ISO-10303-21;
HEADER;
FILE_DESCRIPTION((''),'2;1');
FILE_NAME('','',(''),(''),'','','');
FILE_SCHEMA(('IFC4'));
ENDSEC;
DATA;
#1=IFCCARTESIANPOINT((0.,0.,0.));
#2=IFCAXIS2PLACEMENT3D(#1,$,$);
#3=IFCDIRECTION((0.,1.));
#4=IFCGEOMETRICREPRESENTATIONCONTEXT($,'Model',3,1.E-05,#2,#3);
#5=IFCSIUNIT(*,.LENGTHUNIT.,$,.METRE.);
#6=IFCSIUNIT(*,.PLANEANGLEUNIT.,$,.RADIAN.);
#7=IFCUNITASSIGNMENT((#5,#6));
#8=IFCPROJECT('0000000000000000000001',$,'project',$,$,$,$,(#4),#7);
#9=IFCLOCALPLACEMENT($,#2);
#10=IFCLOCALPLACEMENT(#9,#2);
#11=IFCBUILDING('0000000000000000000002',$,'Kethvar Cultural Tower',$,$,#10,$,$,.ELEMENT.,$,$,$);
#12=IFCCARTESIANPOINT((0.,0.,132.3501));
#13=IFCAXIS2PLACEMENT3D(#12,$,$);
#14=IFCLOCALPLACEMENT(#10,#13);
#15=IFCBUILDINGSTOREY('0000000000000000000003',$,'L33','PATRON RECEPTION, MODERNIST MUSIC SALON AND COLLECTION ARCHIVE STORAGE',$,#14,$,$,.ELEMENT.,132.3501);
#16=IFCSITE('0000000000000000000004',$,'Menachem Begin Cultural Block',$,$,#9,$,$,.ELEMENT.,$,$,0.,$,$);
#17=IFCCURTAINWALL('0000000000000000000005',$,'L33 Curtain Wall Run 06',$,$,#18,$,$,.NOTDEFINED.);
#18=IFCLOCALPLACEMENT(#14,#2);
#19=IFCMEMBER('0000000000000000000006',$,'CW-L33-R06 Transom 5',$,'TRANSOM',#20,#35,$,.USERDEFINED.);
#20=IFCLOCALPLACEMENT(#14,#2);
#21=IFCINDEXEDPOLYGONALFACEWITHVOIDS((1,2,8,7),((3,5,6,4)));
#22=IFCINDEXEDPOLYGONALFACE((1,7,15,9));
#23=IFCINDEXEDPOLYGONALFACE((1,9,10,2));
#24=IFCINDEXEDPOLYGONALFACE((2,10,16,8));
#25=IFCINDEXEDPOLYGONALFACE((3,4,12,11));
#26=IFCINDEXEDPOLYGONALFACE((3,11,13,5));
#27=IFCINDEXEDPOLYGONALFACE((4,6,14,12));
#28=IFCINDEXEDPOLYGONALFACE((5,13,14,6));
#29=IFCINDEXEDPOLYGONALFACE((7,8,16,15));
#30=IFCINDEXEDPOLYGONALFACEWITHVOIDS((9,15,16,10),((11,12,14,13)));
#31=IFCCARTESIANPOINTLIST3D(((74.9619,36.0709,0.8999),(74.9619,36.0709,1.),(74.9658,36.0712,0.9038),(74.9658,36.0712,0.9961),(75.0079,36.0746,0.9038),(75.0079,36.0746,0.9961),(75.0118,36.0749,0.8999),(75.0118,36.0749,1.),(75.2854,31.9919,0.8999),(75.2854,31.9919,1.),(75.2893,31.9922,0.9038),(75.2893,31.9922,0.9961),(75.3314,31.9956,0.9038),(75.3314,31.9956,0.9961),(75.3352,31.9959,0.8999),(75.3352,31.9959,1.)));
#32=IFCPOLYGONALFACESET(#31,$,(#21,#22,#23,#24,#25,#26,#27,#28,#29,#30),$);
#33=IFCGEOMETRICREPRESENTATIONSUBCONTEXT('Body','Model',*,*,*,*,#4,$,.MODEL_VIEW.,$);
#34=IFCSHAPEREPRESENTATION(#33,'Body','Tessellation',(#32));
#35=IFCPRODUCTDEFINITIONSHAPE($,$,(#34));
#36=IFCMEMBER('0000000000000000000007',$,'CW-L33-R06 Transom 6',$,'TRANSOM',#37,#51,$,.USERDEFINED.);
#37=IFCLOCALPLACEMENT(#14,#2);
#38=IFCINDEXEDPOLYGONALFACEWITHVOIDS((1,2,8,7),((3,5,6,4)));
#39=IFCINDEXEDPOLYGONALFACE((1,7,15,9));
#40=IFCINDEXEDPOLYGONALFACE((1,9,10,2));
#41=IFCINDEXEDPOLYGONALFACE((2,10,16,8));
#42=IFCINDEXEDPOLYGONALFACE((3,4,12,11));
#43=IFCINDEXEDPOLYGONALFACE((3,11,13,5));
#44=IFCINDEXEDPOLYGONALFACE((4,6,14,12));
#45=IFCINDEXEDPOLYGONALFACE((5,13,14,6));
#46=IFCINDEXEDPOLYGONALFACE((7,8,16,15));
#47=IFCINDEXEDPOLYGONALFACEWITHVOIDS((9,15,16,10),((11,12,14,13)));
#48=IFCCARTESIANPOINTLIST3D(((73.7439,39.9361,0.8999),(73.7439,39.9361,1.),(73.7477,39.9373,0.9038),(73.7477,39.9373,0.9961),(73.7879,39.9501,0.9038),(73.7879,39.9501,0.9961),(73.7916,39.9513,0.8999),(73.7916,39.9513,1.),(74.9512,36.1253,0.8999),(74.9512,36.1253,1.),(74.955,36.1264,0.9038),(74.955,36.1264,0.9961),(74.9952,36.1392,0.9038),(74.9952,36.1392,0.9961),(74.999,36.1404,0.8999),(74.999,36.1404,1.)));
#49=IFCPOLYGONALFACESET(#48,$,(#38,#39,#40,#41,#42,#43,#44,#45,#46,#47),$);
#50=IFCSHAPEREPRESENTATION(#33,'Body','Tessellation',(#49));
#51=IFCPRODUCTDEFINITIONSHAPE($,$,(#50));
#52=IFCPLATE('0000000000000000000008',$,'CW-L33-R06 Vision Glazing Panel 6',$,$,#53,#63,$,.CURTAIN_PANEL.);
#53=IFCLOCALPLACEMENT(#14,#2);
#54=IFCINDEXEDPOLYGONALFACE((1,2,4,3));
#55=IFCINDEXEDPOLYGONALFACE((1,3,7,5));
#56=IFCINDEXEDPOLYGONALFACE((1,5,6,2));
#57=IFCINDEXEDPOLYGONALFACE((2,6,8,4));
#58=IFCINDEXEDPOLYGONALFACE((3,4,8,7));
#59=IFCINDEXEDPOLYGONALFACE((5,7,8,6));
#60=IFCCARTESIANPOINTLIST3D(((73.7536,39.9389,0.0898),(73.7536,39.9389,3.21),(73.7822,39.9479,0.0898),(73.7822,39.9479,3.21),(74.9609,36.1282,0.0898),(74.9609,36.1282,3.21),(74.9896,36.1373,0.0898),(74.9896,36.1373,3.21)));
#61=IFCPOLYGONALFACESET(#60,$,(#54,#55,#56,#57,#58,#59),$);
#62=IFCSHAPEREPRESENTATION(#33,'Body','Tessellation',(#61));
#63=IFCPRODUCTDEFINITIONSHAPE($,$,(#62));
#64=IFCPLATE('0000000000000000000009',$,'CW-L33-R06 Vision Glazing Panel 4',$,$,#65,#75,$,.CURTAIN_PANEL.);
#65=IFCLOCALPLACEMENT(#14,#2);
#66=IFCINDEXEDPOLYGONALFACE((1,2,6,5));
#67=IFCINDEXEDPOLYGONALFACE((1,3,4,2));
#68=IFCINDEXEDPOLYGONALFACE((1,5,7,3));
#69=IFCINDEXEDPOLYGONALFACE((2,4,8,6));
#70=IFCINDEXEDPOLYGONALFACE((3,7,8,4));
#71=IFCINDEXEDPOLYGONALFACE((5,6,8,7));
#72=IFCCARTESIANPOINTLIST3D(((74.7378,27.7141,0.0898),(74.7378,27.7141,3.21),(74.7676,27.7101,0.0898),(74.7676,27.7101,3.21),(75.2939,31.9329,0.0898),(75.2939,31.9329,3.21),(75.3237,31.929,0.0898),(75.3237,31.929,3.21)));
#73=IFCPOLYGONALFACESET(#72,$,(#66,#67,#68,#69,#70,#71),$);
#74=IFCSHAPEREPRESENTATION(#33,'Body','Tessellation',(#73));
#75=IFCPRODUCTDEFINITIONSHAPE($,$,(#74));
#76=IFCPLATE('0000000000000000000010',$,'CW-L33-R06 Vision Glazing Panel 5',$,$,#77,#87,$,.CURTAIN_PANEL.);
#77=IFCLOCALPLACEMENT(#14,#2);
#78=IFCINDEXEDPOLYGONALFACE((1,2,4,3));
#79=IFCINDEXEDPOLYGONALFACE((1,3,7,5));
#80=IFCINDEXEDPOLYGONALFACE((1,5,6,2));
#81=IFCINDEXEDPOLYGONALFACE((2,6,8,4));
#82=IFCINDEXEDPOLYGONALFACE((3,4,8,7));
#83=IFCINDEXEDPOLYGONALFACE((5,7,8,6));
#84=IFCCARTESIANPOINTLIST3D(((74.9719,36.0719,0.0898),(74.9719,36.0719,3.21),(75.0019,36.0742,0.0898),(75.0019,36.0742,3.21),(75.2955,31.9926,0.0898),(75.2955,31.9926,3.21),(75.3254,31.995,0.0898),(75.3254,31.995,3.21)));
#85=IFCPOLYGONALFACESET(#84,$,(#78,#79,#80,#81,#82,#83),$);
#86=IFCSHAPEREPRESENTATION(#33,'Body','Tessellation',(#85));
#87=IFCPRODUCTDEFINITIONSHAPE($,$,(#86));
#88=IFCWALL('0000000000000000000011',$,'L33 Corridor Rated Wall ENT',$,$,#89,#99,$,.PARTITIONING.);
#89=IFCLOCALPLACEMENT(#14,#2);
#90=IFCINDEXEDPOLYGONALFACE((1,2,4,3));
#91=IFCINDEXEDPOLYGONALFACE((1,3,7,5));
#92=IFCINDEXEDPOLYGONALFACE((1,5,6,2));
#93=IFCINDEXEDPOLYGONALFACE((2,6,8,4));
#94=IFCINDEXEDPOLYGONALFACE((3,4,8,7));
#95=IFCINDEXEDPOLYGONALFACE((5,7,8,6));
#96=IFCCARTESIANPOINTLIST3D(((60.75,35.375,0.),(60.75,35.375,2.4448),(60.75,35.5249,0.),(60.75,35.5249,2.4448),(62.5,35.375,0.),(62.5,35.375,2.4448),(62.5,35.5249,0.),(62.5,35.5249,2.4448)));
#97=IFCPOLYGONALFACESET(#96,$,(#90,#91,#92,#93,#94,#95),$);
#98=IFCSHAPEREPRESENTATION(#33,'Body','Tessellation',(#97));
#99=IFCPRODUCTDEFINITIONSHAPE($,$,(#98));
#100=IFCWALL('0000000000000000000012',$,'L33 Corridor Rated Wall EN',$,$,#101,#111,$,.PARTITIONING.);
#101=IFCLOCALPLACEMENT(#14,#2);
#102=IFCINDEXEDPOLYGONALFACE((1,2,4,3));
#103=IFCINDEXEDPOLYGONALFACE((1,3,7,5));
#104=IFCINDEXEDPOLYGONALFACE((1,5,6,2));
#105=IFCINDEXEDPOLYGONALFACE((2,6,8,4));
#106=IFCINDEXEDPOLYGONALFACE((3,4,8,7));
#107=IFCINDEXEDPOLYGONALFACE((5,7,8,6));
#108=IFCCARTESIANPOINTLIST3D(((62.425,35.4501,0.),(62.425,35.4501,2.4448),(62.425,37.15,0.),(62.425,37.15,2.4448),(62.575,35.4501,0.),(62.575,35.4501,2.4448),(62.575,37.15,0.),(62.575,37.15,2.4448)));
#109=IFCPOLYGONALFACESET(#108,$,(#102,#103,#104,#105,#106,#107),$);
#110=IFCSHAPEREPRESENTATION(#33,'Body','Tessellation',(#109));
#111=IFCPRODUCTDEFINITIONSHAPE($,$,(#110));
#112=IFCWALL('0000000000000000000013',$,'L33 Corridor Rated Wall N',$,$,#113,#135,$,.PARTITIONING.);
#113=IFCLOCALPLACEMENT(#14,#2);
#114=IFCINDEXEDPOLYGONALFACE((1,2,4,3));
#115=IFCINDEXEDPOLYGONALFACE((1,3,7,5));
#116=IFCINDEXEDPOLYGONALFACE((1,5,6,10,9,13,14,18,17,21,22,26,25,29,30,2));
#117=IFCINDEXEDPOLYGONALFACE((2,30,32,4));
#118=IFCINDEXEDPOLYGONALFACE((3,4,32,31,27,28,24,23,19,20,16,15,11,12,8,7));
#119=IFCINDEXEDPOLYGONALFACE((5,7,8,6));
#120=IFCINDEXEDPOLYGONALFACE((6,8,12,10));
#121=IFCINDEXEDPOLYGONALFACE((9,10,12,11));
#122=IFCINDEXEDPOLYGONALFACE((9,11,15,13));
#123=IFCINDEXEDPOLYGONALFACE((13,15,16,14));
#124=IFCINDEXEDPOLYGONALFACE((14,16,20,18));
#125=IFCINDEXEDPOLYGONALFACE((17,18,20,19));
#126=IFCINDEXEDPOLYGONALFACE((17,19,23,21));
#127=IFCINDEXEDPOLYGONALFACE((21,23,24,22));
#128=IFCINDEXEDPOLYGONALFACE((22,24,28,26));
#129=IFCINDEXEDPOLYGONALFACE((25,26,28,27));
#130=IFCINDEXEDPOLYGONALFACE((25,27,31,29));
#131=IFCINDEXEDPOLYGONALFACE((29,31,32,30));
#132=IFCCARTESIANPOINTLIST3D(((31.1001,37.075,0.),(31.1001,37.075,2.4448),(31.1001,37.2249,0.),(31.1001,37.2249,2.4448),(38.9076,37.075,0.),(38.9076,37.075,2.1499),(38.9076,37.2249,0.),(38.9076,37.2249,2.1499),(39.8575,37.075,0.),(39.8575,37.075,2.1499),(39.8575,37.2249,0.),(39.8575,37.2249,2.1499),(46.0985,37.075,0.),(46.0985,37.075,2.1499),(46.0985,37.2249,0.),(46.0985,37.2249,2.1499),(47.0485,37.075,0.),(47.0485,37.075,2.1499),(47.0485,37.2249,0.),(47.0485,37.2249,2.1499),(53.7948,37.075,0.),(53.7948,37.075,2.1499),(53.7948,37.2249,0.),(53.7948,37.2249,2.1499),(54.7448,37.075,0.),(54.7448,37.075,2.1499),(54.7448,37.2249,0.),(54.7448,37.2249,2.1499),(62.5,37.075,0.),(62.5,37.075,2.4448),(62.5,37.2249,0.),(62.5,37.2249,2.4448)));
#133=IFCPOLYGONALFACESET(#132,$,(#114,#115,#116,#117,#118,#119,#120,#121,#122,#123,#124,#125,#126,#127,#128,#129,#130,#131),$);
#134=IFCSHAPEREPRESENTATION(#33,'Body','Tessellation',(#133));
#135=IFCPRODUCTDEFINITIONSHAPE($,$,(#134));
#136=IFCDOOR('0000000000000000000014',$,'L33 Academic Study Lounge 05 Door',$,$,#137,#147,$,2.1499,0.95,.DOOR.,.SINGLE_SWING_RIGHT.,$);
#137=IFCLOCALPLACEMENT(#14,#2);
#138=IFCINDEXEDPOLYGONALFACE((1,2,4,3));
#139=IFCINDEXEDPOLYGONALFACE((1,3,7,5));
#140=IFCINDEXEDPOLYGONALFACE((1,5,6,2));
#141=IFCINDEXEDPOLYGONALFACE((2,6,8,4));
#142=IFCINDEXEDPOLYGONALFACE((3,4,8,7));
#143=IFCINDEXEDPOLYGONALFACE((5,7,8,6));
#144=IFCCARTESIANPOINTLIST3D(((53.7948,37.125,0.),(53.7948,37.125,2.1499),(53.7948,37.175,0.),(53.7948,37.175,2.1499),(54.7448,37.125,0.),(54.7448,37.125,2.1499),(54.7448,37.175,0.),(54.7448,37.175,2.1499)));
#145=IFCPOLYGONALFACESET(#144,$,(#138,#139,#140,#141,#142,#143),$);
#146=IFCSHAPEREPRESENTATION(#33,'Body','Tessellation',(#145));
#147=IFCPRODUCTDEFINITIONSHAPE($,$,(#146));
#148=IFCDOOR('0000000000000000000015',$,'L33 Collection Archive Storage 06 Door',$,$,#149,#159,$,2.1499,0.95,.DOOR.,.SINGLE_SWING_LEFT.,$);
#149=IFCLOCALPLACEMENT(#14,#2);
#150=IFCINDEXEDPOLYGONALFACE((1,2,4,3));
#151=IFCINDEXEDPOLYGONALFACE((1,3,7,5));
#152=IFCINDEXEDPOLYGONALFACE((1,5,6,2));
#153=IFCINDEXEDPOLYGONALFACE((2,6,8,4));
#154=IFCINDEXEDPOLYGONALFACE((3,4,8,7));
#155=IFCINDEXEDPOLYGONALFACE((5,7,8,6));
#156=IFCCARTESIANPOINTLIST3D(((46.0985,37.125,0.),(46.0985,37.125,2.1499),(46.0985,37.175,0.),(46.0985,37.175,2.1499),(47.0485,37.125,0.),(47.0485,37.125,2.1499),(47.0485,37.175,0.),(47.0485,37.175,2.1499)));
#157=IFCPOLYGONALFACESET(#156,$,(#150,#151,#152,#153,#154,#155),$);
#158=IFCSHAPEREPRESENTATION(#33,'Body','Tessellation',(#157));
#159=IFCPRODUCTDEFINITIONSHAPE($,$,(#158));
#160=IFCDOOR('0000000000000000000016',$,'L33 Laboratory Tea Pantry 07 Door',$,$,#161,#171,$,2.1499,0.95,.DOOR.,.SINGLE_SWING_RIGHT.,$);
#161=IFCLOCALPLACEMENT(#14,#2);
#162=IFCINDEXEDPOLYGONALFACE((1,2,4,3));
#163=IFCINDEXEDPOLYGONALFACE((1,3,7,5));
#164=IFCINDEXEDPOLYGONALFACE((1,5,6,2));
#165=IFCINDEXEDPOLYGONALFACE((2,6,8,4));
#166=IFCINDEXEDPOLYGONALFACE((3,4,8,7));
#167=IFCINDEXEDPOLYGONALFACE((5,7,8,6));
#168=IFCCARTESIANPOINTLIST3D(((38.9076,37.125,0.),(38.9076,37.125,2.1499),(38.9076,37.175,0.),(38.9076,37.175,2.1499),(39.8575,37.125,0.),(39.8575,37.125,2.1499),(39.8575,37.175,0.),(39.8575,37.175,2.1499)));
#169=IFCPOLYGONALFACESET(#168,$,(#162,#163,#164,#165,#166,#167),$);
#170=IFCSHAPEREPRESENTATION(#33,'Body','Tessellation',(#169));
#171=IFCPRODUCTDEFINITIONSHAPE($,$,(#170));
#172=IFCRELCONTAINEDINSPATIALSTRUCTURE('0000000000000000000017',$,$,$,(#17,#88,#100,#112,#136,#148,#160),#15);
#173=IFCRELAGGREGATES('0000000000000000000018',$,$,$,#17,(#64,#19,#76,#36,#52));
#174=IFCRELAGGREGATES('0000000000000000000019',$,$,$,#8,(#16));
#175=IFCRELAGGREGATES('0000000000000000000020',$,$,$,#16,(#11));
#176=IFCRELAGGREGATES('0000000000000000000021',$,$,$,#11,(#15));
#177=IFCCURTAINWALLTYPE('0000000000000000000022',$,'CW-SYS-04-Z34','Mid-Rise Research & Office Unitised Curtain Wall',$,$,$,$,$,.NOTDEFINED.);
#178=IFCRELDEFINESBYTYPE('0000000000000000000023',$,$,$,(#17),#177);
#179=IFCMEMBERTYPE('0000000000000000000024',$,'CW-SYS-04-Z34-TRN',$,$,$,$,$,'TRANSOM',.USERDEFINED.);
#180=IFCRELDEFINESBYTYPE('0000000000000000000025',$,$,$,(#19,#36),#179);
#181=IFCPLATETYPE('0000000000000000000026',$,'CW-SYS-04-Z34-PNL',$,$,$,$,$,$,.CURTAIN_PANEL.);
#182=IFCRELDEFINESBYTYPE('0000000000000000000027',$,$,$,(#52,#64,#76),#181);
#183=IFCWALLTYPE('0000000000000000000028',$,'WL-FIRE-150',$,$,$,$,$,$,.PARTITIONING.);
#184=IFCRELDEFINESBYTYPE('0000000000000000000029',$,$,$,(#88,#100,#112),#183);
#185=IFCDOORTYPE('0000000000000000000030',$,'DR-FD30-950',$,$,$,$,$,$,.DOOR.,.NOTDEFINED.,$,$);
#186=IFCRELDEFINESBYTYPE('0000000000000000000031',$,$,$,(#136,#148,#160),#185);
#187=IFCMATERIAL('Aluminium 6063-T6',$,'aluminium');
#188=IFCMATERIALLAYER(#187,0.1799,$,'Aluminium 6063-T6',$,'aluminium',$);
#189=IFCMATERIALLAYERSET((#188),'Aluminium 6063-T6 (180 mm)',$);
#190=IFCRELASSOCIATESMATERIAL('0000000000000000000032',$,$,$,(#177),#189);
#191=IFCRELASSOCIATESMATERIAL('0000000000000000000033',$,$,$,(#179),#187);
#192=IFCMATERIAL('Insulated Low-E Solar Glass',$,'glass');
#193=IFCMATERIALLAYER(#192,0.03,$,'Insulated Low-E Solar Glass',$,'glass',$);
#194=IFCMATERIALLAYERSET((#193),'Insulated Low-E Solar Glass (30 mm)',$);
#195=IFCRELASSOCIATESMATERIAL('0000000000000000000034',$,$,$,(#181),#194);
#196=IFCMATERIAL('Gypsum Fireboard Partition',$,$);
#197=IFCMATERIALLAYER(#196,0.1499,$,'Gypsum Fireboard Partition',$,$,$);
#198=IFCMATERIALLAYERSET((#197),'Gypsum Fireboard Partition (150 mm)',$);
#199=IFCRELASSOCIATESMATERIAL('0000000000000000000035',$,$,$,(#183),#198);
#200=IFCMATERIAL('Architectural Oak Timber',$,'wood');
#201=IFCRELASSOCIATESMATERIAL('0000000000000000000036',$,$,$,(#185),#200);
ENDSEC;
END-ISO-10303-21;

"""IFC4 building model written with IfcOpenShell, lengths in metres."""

from ifc_helpers import new_model, si_unit, direction, frame, frame_2d, origin, origin_2d, place, context, subcontext, project, spatial, rectangle, hollow_rectangle, extrude, source, transform, mapped, material, layer, layer_set, material_profile, profile_set, type_object, element, fill, aggregate, save


model = new_model("IFC4")

# Units and contexts
model_context = context("Model", 3, precision=1e-05, world=origin(), true_north=direction((0.0, 1.0)))
body_context = subcontext(model_context, "Body", "Model", "MODEL_VIEW")
ifc_project = project(units=[si_unit("LENGTHUNIT", "METRE"), si_unit("PLANEANGLEUNIT", "RADIAN")], contexts=[model_context])

# Site, building, storey
site_placement = place(None, origin())
site = spatial("IfcSite", under=ifc_project, at=site_placement, Name="Menachem Begin Cultural Block", CompositionType="ELEMENT", RefElevation=0.0)
building_placement = place(site_placement, origin())
building = spatial("IfcBuilding", under=site, at=building_placement, Name="Kethvar Cultural Tower", CompositionType="ELEMENT")
storey_placement = place(building_placement, frame((0.0, 0.0, 132.3501)))
storey = spatial("IfcBuildingStorey", under=building, at=storey_placement, Name="L33", Description="PATRON RECEPTION, MODERNIST MUSIC SALON AND COLLECTION ARCHIVE STORAGE", CompositionType="ELEMENT", Elevation=132.3501)

# Shared definitions
ifc_material_1 = material(Name="Aluminium 6063-T6", Category="aluminium")
ifc_layer_1 = layer(ifc_material_1, 0.1799, Name="Aluminium 6063-T6", Category="aluminium")
ifc_layer_set_1 = layer_set([ifc_layer_1], Name="Aluminium 6063-T6 (180 mm)")
curtain_wall_type = type_object("IfcCurtainWallType", Name="CW-SYS-04-Z34", Description="Mid-Rise Research & Office Unitised Curtain Wall", PredefinedType="NOTDEFINED", material=ifc_layer_set_1)

# Curtain wall
curtain_wall_1_placement = place(storey_placement, origin())
curtain_wall_1 = element("IfcCurtainWall", 1, at=curtain_wall_1_placement, inside=storey, type_object=curtain_wall_type, Name="L33 Curtain Wall Run 06", PredefinedType="NOTDEFINED")

# Members
ifc_material_profile_1 = material_profile(ifc_material_1, hollow_rectangle(XDim=0.05, YDim=0.1001, WallThickness=0.0039, at=origin_2d()), Name="Aluminium 6063-T6 — RHS100x50x4")
ifc_profile_set_1 = profile_set([ifc_material_profile_1], Name="Aluminium 6063-T6 — RHS100x50x4")
member_type_1 = type_object("IfcMemberType", Name="CW-SYS-04-Z34-TRN", ElementType="TRANSOM", PredefinedType="USERDEFINED", material=ifc_profile_set_1)
shared_shape_1 = source(origin(), body_context, "Body", "SweptSolid", [
    extrude(hollow_rectangle(XDim=0.05, YDim=0.1001, WallThickness=0.0039, at=origin_2d()), origin(), (0.0, 0.0, 1.0), 4.0918),
])
member_1_placement = place(storey_placement, frame((75.3103, 31.9939, 0.95), z_axis=(-0.079055, 0.99687, 0.0), x_axis=(-0.99687, -0.079055, 0.0)))
member_1 = element("IfcMember", 2, at=member_1_placement, type_object=member_type_1, Name="CW-L33-R06 Transom 5", ObjectType="TRANSOM", PredefinedType="USERDEFINED", context=body_context, shape_type="MappedRepresentation", body=[
    mapped(shared_shape_1, transform((0.0, 0.0, 0.0), scale=1.0)),
])
shared_shape_2 = source(origin(), body_context, "Body", "SweptSolid", [
    extrude(hollow_rectangle(XDim=0.05, YDim=0.1001, WallThickness=0.0039, at=origin_2d()), origin(), (0.0, 0.0, 1.0), 3.9976),
])
member_2_placement = place(storey_placement, frame((74.9751, 36.1328, 0.95), z_axis=(-0.302011, 0.953304, 0.0), x_axis=(-0.953304, -0.302011, 0.0)))
member_2 = element("IfcMember", 3, at=member_2_placement, type_object=member_type_1, Name="CW-L33-R06 Transom 6", ObjectType="TRANSOM", PredefinedType="USERDEFINED", context=body_context, shape_type="MappedRepresentation", body=[
    mapped(shared_shape_2, transform((0.0, 0.0, 0.0), scale=1.0)),
])

# Plates
ifc_material_2 = material(Name="Insulated Low-E Solar Glass", Category="glass")
ifc_layer_2 = layer(ifc_material_2, 0.03, Name="Insulated Low-E Solar Glass", Category="glass")
ifc_layer_set_2 = layer_set([ifc_layer_2], Name="Insulated Low-E Solar Glass (30 mm)")
plate_type = type_object("IfcPlateType", Name="CW-SYS-04-Z34-PNL", PredefinedType="CURTAIN_PANEL", material=ifc_layer_set_2)
shared_shape_3 = source(origin(), body_context, "Body", "SweptSolid", [
    extrude(rectangle(XDim=3.9973, YDim=0.03, at=origin_2d()), origin(), (0.0, 0.0, 1.0), 3.1201),
])
plate_1_placement = place(storey_placement, frame((74.3716, 38.0381, 0.0898), z_axis=(0.0, 0.0, 1.0), x_axis=(-0.302037, 0.953296, 0.0)))
plate_1 = element("IfcPlate", 4, at=plate_1_placement, type_object=plate_type, Name="CW-L33-R06 Vision Glazing Panel 6", PredefinedType="CURTAIN_PANEL", context=body_context, shape_type="MappedRepresentation", body=[
    mapped(shared_shape_3, transform((0.0, 0.0, 0.0), scale=1.0)),
])
shared_shape_4 = source(origin(), body_context, "Body", "SweptSolid", [
    extrude(rectangle(XDim=4.2554, YDim=0.03, at=origin_2d()), origin(), (0.0, 0.0, 1.0), 3.1201),
])
plate_2_placement = place(storey_placement, frame((75.0308, 29.8215, 0.0898), z_axis=(0.0, 0.0, 1.0), x_axis=(0.130682, 0.991424, 0.0)))
plate_2 = element("IfcPlate", 5, at=plate_2_placement, type_object=plate_type, Name="CW-L33-R06 Vision Glazing Panel 4", PredefinedType="CURTAIN_PANEL", context=body_context, shape_type="MappedRepresentation", body=[
    mapped(shared_shape_4, transform((0.0, 0.0, 0.0), scale=1.0)),
])
shared_shape_5 = source(origin(), body_context, "Body", "SweptSolid", [
    extrude(rectangle(XDim=4.092, YDim=0.03, at=origin_2d()), origin(), (0.0, 0.0, 1.0), 3.1201),
])
plate_3_placement = place(storey_placement, frame((75.1487, 34.0334, 0.0898), z_axis=(0.0, 0.0, 1.0), x_axis=(-0.079068, 0.996869, 0.0)))
plate_3 = element("IfcPlate", 6, at=plate_3_placement, type_object=plate_type, Name="CW-L33-R06 Vision Glazing Panel 5", PredefinedType="CURTAIN_PANEL", context=body_context, shape_type="MappedRepresentation", body=[
    mapped(shared_shape_5, transform((0.0, 0.0, 0.0), scale=1.0)),
])
aggregate(curtain_wall_1, [plate_2, member_1, plate_3, member_2, plate_1])

# Walls
ifc_material_3 = material(Name="Gypsum Fireboard Partition")
ifc_layer_3 = layer(ifc_material_3, 0.1499, Name="Gypsum Fireboard Partition")
ifc_layer_set_3 = layer_set([ifc_layer_3], Name="Gypsum Fireboard Partition (150 mm)")
wall_type_1 = type_object("IfcWallType", Name="WL-FIRE-150", PredefinedType="PARTITIONING", material=ifc_layer_set_3)
wall_1_placement = place(storey_placement, frame((60.75, 35.45, 0.0), z_axis=(0.0, 0.0, 1.0), x_axis=(1.0, 0.0, 0.0)))
element("IfcWall", 7, at=wall_1_placement, inside=storey, type_object=wall_type_1, Name="L33 Corridor Rated Wall ENT", PredefinedType="PARTITIONING", context=body_context, shape_type="SweptSolid", body=[
    extrude(rectangle(XDim=1.75, YDim=0.1499, at=frame_2d((0.875, 0.0))), origin(), (0.0, 0.0, 1.0), 2.4448),
])
wall_2_placement = place(storey_placement, frame((62.5, 35.45, 0.0), z_axis=(0.0, 0.0, 1.0), x_axis=(0.0, 1.0, 0.0)))
element("IfcWall", 8, at=wall_2_placement, inside=storey, type_object=wall_type_1, Name="L33 Corridor Rated Wall EN", PredefinedType="PARTITIONING", context=body_context, shape_type="SweptSolid", body=[
    extrude(rectangle(XDim=1.7, YDim=0.1499, at=frame_2d((0.8501, 0.0))), origin(), (0.0, 0.0, 1.0), 2.4448),
])

# Wall, openings, doors
wall_3_placement = place(storey_placement, frame((62.5, 37.1499, 0.0), z_axis=(0.0, 0.0, 1.0), x_axis=(-1.0, 0.0, 0.0)))
wall_3 = element("IfcWall", 9, at=wall_3_placement, inside=storey, type_object=wall_type_1, Name="L33 Corridor Rated Wall N", PredefinedType="PARTITIONING", context=body_context, shape_type="SweptSolid", body=[
    extrude(rectangle(XDim=31.3999, YDim=0.1499, at=frame_2d((15.7, 0.0))), origin(), (0.0, 0.0, 1.0), 2.4448),
])
opening_1_placement = place(wall_3_placement, frame((7.7551, 0.0, 0.0)))
opening_1 = element("IfcOpeningElement", 10, at=opening_1_placement, cuts=wall_3, PredefinedType="OPENING", context=body_context, shape_type="SweptSolid", body=[
    extrude(rectangle(XDim=0.95, YDim=2.1499, at=frame_2d((0.4751, 1.075))), frame((0.0, 0.085, 0.0), z_axis=(0.0, -1.0, 0.0), x_axis=(1.0, 0.0, 0.0)), (0.0, 0.0, 1.0), 0.1699),
])
opening_2_placement = place(wall_3_placement, frame((15.4514, 0.0, 0.0)))
opening_2 = element("IfcOpeningElement", 11, at=opening_2_placement, cuts=wall_3, PredefinedType="OPENING", context=body_context, shape_type="SweptSolid", body=[
    extrude(rectangle(XDim=0.95, YDim=2.1499, at=frame_2d((0.4751, 1.075))), frame((0.0, 0.085, 0.0), z_axis=(0.0, -1.0, 0.0), x_axis=(1.0, 0.0, 0.0)), (0.0, 0.0, 1.0), 0.1699),
])
opening_3_placement = place(wall_3_placement, frame((22.6423, 0.0, 0.0)))
opening_3 = element("IfcOpeningElement", 12, at=opening_3_placement, cuts=wall_3, PredefinedType="OPENING", context=body_context, shape_type="SweptSolid", body=[
    extrude(rectangle(XDim=0.95, YDim=2.1499, at=frame_2d((0.4751, 1.075))), frame((0.0, 0.085, 0.0), z_axis=(0.0, -1.0, 0.0), x_axis=(1.0, 0.0, 0.0)), (0.0, 0.0, 1.0), 0.1699),
])
ifc_material_4 = material(Name="Architectural Oak Timber", Category="wood")
door_type = type_object("IfcDoorType", Name="DR-FD30-950", OperationType="NOTDEFINED", PredefinedType="DOOR", material=ifc_material_4)
shared_shape_6 = source(origin(), body_context, "Body", "SweptSolid", [
    extrude(rectangle(XDim=0.95, YDim=2.1499, at=frame_2d((0.4751, 1.075))), frame((0.0, 0.0249, 0.0), z_axis=(0.0, -1.0, 0.0), x_axis=(1.0, 0.0, 0.0)), (0.0, 0.0, 1.0), 0.05),
])
door_1_placement = place(opening_1_placement, origin())
door_1 = element("IfcDoor", 13, at=door_1_placement, inside=storey, type_object=door_type, Name="L33 Academic Study Lounge 05 Door", OperationType="SINGLE_SWING_RIGHT", OverallHeight=2.1499, OverallWidth=0.95, PredefinedType="DOOR", context=body_context, shape_type="MappedRepresentation", body=[
    mapped(shared_shape_6, transform((0.0, 0.0, 0.0), scale=1.0)),
])
fill(opening_1, door_1)
door_2_placement = place(opening_2_placement, origin())
door_2 = element("IfcDoor", 14, at=door_2_placement, inside=storey, type_object=door_type, Name="L33 Collection Archive Storage 06 Door", OperationType="SINGLE_SWING_LEFT", OverallHeight=2.1499, OverallWidth=0.95, PredefinedType="DOOR", context=body_context, shape_type="MappedRepresentation", body=[
    mapped(shared_shape_6, transform((0.0, 0.0, 0.0), scale=1.0)),
])
fill(opening_2, door_2)
door_3_placement = place(opening_3_placement, origin())
door_3 = element("IfcDoor", 15, at=door_3_placement, inside=storey, type_object=door_type, Name="L33 Laboratory Tea Pantry 07 Door", OperationType="SINGLE_SWING_RIGHT", OverallHeight=2.1499, OverallWidth=0.95, PredefinedType="DOOR", context=body_context, shape_type="MappedRepresentation", body=[
    mapped(shared_shape_6, transform((0.0, 0.0, 0.0), scale=1.0)),
])
fill(opening_3, door_3)

save(model, "model.ifc")
